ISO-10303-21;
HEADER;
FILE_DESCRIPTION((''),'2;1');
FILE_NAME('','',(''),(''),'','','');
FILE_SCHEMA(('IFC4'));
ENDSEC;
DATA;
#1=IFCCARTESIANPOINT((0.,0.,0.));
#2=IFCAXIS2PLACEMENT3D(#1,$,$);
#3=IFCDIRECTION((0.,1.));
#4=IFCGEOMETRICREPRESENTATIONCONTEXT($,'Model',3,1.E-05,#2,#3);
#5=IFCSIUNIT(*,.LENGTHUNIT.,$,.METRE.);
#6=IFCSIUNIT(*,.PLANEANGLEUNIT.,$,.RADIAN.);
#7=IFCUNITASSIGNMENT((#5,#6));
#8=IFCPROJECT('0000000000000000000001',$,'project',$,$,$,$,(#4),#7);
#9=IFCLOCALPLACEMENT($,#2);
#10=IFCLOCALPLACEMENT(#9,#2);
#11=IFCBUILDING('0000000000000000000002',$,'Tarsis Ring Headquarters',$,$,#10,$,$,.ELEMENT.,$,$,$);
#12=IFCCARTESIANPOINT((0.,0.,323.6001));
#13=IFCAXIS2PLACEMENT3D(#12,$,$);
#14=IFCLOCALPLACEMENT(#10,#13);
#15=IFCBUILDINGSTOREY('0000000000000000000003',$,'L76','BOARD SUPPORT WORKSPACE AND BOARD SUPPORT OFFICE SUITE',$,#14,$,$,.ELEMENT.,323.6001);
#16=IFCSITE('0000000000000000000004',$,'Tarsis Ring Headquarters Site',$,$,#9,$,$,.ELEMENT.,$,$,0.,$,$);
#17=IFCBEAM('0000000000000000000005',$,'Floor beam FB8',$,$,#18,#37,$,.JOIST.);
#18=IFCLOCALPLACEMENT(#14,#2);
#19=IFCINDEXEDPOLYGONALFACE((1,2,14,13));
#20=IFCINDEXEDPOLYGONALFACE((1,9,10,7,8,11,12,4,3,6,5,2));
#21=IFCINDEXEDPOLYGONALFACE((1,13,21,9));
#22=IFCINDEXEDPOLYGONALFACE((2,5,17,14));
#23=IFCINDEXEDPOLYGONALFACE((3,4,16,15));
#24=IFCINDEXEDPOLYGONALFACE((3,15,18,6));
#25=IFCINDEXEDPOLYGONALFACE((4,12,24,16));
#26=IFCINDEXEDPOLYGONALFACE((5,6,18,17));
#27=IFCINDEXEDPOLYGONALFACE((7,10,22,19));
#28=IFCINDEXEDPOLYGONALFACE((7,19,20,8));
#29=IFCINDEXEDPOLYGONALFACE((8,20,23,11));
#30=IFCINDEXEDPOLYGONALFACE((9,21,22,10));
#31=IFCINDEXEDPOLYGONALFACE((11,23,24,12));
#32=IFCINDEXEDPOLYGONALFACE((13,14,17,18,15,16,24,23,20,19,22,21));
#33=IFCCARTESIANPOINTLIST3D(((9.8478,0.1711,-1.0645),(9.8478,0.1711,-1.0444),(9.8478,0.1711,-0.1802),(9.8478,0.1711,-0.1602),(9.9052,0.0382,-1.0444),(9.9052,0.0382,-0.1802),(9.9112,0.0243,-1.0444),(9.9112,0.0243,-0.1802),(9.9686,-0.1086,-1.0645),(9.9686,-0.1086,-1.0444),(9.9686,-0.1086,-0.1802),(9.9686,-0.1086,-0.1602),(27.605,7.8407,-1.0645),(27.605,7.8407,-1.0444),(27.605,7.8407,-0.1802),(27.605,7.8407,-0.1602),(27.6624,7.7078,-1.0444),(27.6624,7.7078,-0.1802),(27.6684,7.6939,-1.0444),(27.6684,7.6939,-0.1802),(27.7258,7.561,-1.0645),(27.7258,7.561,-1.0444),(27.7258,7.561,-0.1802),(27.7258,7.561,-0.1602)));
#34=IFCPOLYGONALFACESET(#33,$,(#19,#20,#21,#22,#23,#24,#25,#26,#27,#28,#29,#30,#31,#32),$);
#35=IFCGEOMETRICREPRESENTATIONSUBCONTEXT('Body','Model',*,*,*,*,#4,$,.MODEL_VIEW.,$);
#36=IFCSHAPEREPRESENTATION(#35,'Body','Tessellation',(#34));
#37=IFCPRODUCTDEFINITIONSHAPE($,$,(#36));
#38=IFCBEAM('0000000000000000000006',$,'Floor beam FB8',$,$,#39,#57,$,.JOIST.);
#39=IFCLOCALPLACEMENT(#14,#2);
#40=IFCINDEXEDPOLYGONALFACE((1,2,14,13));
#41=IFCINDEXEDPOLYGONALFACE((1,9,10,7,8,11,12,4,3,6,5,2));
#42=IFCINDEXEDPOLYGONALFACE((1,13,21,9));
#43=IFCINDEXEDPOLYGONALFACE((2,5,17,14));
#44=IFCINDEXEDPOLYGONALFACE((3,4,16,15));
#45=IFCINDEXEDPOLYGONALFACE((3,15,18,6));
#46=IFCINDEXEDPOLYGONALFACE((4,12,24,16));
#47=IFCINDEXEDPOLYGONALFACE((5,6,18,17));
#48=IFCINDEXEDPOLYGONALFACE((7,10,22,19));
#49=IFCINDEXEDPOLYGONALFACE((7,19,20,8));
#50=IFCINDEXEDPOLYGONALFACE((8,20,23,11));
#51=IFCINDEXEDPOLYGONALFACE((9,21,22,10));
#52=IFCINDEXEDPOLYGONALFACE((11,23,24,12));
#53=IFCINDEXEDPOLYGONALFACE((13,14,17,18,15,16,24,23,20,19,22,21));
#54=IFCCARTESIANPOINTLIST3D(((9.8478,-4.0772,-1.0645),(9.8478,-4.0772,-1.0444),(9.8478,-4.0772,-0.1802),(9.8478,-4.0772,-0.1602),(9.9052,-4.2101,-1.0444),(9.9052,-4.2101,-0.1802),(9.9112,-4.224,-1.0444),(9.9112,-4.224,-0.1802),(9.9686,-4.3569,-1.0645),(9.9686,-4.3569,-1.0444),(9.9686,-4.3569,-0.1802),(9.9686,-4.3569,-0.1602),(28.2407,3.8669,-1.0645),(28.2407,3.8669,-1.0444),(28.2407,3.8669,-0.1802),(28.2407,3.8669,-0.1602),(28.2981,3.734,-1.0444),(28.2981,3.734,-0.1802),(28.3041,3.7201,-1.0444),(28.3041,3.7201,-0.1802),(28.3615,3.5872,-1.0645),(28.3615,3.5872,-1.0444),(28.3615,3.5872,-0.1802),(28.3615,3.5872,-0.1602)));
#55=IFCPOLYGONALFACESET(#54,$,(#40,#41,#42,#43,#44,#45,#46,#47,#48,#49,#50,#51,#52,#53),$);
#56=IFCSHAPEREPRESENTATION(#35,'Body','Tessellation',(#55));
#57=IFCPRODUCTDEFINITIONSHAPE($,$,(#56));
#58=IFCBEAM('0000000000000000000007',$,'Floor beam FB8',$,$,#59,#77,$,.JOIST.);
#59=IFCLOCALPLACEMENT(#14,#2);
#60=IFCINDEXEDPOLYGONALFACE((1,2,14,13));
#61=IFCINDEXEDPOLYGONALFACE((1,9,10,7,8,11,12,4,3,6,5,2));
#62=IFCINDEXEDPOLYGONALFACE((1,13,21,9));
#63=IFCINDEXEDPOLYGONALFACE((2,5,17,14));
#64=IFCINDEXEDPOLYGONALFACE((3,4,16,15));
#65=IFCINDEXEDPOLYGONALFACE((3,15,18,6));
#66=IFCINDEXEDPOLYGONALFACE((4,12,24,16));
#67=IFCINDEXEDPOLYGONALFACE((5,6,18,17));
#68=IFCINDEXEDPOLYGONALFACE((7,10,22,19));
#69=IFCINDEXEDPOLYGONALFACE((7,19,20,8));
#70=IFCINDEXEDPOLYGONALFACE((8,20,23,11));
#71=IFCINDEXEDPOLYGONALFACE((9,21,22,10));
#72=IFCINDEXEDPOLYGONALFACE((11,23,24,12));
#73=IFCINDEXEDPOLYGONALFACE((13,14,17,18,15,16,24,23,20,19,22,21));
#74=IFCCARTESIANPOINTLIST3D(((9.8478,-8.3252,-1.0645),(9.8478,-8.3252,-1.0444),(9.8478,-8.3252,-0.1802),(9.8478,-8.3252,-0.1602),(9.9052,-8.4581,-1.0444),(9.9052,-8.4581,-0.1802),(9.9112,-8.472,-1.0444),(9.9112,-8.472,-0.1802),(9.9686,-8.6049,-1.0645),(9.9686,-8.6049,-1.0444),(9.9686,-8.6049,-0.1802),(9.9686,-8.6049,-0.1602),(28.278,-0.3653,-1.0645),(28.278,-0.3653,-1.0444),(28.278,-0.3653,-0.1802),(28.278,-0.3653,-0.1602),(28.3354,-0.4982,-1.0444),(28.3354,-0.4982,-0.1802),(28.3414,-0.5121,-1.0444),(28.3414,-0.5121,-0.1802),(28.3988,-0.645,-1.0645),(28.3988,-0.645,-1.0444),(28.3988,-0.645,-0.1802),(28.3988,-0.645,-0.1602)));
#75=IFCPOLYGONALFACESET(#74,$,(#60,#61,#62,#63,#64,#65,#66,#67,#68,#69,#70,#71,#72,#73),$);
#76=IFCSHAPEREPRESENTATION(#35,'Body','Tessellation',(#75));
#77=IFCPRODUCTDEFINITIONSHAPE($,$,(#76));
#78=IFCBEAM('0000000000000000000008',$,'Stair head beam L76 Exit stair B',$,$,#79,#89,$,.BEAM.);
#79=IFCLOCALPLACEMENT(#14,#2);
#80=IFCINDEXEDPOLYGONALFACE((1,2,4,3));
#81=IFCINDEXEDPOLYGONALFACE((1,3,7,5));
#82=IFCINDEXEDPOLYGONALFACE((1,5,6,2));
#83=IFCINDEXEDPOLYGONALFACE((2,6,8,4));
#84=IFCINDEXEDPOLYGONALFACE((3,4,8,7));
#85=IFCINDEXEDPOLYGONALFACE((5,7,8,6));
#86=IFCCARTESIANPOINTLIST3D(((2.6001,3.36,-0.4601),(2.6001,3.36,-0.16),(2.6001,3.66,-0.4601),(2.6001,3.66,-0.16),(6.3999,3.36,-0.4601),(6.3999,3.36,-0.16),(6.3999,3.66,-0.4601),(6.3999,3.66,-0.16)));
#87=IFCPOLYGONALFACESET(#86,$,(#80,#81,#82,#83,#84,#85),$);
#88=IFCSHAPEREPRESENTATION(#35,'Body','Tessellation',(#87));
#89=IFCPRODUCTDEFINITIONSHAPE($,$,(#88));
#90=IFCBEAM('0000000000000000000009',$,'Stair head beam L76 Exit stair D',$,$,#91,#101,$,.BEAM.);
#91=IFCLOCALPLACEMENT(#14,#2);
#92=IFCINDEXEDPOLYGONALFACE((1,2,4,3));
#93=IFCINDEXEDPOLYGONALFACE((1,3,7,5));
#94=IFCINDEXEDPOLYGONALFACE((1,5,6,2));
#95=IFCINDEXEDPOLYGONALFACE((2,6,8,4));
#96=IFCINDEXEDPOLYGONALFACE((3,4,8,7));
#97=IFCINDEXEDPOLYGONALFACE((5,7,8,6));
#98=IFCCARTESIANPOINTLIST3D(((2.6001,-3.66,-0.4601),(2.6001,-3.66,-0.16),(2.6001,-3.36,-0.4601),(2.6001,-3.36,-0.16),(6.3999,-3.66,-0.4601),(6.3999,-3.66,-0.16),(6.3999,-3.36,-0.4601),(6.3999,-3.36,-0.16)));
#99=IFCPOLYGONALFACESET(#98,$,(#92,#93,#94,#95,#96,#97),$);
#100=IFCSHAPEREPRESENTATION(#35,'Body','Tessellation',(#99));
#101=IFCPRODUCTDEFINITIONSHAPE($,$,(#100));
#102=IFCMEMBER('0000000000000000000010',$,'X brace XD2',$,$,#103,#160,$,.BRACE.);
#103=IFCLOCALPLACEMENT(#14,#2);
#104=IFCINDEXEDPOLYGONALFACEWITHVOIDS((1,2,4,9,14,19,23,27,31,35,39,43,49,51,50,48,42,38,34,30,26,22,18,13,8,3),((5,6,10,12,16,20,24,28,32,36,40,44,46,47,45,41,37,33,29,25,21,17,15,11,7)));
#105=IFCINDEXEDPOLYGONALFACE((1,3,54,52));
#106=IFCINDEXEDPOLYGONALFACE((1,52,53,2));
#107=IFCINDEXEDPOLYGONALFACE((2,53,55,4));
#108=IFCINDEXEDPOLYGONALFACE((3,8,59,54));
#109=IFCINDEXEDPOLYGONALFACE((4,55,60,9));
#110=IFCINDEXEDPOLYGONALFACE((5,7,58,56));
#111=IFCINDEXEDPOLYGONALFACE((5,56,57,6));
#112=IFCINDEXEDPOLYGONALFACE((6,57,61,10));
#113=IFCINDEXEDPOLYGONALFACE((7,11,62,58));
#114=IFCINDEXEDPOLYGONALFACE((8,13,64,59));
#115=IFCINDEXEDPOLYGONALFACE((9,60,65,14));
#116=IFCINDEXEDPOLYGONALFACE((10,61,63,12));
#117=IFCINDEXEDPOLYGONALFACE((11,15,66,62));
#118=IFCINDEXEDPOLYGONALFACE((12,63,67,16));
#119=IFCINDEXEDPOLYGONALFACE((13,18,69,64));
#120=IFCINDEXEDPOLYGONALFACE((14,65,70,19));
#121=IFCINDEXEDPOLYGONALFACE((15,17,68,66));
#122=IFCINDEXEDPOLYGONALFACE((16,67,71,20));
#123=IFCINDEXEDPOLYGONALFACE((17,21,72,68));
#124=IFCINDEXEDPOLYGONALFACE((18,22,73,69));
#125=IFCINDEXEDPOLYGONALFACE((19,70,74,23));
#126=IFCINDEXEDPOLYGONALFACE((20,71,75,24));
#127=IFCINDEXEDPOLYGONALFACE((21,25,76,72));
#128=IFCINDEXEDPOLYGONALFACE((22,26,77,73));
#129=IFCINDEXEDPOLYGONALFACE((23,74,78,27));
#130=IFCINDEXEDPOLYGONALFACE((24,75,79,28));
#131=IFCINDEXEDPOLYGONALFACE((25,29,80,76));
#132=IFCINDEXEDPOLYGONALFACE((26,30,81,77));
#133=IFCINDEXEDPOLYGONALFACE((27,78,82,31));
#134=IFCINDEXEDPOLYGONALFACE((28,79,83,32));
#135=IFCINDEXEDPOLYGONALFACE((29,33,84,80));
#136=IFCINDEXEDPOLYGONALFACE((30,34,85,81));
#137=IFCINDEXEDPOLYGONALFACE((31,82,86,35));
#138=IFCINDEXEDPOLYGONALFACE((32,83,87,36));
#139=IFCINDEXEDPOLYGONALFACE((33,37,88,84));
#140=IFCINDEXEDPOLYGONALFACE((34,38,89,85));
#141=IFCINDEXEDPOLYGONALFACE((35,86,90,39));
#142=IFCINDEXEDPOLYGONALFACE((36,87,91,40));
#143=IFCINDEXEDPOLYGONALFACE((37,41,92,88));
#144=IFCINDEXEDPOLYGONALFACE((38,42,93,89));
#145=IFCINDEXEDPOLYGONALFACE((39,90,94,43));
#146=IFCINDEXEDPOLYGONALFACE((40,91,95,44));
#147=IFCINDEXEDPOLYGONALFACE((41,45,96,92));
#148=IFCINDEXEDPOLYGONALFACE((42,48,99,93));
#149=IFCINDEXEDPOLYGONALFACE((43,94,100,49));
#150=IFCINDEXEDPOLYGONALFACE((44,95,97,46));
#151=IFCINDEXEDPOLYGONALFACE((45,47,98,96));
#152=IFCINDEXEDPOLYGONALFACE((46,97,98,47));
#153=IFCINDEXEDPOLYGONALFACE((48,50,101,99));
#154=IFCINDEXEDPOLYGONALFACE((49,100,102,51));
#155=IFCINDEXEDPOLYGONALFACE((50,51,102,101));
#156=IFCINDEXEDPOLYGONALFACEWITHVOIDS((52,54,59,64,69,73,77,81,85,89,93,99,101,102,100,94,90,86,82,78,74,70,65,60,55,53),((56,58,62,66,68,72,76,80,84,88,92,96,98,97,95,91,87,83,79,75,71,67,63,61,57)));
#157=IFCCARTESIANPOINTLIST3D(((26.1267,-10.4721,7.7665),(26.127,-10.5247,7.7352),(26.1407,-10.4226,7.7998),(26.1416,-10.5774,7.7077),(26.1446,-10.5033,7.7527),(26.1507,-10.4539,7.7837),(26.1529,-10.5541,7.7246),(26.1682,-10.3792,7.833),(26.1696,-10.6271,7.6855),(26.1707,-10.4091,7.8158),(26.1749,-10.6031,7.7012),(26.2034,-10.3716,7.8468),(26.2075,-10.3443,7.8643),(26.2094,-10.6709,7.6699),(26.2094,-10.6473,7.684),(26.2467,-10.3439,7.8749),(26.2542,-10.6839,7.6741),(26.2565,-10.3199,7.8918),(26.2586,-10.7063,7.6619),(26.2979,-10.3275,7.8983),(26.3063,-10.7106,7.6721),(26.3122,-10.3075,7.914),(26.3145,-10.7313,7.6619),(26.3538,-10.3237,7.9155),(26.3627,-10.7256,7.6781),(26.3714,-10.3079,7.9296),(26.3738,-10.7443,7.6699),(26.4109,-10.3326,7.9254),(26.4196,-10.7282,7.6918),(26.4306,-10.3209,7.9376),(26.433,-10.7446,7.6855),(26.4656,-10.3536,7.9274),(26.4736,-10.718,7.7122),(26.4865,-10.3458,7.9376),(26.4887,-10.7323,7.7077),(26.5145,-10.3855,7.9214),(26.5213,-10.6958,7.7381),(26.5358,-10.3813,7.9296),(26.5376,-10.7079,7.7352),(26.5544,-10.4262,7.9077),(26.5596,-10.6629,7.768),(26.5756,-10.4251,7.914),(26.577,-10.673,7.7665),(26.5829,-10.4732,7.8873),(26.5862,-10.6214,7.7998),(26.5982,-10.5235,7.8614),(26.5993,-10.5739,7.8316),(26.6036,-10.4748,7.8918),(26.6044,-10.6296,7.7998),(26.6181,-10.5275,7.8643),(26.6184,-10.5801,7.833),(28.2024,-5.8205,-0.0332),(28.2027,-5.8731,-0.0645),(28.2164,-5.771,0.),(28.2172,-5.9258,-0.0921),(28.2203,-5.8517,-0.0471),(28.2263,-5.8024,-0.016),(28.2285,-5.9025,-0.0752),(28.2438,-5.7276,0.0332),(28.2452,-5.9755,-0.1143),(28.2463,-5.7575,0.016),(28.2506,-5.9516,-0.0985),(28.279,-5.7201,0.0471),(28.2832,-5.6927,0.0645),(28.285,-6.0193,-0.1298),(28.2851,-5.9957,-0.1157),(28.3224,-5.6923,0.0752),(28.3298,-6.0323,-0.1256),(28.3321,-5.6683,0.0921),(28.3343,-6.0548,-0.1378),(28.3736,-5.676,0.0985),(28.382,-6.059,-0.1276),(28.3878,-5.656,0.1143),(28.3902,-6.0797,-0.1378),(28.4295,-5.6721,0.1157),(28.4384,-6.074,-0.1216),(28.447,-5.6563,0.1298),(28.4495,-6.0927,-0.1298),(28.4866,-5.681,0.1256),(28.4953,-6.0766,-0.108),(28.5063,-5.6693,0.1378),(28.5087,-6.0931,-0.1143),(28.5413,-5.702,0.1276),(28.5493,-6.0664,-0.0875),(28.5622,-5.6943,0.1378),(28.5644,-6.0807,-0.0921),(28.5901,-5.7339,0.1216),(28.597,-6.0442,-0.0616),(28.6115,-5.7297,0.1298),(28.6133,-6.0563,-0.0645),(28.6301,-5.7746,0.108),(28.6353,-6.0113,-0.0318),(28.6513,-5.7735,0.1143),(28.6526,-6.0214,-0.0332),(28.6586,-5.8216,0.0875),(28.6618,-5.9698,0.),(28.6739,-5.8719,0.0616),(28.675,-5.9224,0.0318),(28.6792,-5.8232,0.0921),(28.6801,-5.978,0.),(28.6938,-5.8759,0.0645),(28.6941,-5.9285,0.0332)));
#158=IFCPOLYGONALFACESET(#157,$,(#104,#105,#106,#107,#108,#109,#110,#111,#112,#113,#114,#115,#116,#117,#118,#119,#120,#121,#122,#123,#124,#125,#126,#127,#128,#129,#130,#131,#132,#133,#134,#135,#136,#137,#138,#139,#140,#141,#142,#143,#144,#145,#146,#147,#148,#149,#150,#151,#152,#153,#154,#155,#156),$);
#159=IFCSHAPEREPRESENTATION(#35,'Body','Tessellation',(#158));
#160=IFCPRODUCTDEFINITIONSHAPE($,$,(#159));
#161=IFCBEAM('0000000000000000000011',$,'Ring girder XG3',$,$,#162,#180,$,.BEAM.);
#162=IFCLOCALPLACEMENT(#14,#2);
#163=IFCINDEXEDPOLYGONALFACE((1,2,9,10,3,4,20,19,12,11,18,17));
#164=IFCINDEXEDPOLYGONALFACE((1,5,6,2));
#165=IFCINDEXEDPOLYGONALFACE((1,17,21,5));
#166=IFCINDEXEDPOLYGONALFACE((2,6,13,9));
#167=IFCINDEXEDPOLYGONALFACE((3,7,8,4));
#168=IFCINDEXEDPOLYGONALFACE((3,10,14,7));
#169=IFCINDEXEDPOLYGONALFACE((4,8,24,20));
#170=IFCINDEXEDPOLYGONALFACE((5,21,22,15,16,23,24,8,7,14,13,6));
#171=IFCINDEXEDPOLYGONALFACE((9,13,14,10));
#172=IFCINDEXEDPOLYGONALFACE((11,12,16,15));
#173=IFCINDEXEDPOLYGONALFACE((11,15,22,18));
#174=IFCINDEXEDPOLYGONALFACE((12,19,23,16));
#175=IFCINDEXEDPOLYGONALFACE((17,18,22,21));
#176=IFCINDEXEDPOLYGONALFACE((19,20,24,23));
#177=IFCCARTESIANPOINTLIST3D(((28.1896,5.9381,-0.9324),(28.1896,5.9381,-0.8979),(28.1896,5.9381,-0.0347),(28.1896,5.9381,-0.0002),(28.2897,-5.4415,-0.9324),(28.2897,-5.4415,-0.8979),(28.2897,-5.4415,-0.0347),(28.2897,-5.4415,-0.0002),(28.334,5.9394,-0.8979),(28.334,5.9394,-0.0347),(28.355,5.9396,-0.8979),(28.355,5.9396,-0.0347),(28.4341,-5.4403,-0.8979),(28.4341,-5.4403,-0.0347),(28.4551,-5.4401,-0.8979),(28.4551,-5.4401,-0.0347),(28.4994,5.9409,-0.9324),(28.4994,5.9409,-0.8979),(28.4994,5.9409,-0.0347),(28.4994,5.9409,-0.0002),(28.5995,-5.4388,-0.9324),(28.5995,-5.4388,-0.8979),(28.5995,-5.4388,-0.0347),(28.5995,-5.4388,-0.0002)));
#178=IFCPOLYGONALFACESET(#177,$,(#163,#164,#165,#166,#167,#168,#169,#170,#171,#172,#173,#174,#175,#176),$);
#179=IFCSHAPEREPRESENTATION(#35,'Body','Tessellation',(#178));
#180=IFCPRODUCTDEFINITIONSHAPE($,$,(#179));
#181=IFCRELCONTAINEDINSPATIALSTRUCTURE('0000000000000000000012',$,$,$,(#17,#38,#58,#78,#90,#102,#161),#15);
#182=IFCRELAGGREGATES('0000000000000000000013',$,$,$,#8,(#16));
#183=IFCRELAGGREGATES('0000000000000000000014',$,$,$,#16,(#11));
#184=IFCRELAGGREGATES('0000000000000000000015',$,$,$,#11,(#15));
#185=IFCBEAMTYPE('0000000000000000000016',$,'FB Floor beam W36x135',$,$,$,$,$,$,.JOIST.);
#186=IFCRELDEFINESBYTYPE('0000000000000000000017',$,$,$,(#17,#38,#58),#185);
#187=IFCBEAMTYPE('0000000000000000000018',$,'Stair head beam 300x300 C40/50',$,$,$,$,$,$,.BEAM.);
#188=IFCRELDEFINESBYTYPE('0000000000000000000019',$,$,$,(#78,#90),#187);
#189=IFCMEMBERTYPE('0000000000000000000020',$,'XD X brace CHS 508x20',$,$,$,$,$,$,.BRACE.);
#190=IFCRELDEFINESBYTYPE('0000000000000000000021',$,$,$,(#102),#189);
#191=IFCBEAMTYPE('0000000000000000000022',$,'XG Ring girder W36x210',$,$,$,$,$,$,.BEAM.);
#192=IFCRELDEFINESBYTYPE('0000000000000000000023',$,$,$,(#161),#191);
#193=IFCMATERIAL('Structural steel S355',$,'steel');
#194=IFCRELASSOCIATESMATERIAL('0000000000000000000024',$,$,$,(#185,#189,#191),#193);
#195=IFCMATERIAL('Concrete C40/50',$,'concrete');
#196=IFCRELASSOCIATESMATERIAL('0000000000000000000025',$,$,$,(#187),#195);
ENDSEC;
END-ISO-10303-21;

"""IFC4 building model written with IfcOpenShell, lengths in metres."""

from ifc_helpers import new_model, si_unit, direction, frame, origin, origin_2d, place, context, subcontext, project, spatial, rectangle, hollow_circle, i_section, extrude, material, material_profile, profile_set, type_object, element, save


model = new_model("IFC4")

# Units and contexts
model_context = context("Model", 3, precision=1e-05, world=origin(), true_north=direction((0.0, 1.0)))
body_context = subcontext(model_context, "Body", "Model", "MODEL_VIEW")
ifc_project = project(units=[si_unit("LENGTHUNIT", "METRE"), si_unit("PLANEANGLEUNIT", "RADIAN")], contexts=[model_context])

# Site, building, storey
site_placement = place(None, origin())
site = spatial("IfcSite", under=ifc_project, at=site_placement, Name="Tarsis Ring Headquarters Site", CompositionType="ELEMENT", RefElevation=0.0)
building_placement = place(site_placement, origin())
building = spatial("IfcBuilding", under=site, at=building_placement, Name="Tarsis Ring Headquarters", CompositionType="ELEMENT")
storey_placement = place(building_placement, frame((0.0, 0.0, 323.6001)))
storey = spatial("IfcBuildingStorey", under=building, at=storey_placement, Name="L76", Description="BOARD SUPPORT WORKSPACE AND BOARD SUPPORT OFFICE SUITE", CompositionType="ELEMENT", Elevation=323.6001)

# Shared definitions
ifc_material_1 = material(Name="Structural steel S355", Category="steel")

# Beams
ifc_material_profile_1 = material_profile(ifc_material_1, i_section(OverallWidth=0.3047, OverallDepth=0.9043, WebThickness=0.0151, FlangeThickness=0.02, at=origin_2d()), Name="W36x135")
ifc_profile_set_1 = profile_set([ifc_material_profile_1], Name="Structural steel S355")
beam_type_1 = type_object("IfcBeamType", Name="FB Floor beam W36x135", PredefinedType="JOIST", material=ifc_profile_set_1)
beam_1_placement = place(storey_placement, frame((9.9082, 0.0312, -0.6123), z_axis=(0.91803, 0.396512, 0.0), x_axis=(-0.396512, 0.91803, 0.0)))
element("IfcBeam", 1, at=beam_1_placement, inside=storey, type_object=beam_type_1, Name="Floor beam FB8", PredefinedType="JOIST", context=body_context, shape_type="SweptSolid", body=[
    extrude(i_section(OverallWidth=0.3047, OverallDepth=0.9043, WebThickness=0.0151, FlangeThickness=0.02, at=origin_2d()), origin(), (0.0, 0.0, 1.0), 19.3428),
])
beam_2_placement = place(storey_placement, frame((9.9082, -4.217, -0.6123), z_axis=(0.918031, 0.396509, 0.0), x_axis=(-0.396509, 0.918031, 0.0)))
element("IfcBeam", 2, at=beam_2_placement, inside=storey, type_object=beam_type_1, Name="Floor beam FB8", PredefinedType="JOIST", context=body_context, shape_type="SweptSolid", body=[
    extrude(i_section(OverallWidth=0.3047, OverallDepth=0.9043, WebThickness=0.0151, FlangeThickness=0.02, at=origin_2d()), origin(), (0.0, 0.0, 1.0), 20.0352),
])
beam_3_placement = place(storey_placement, frame((9.9082, -8.4651, -0.6123), z_axis=(0.918036, 0.396498, 0.0), x_axis=(-0.396498, 0.918036, 0.0)))
element("IfcBeam", 3, at=beam_3_placement, inside=storey, type_object=beam_type_1, Name="Floor beam FB8", PredefinedType="JOIST", context=body_context, shape_type="SweptSolid", body=[
    extrude(i_section(OverallWidth=0.3047, OverallDepth=0.9043, WebThickness=0.0151, FlangeThickness=0.02, at=origin_2d()), origin(), (0.0, 0.0, 1.0), 20.0757),
])
ifc_material_2 = material(Name="Concrete C40/50", Category="concrete")
ifc_material_profile_2 = material_profile(ifc_material_2, rectangle(XDim=0.3, YDim=0.3, at=origin_2d()), Name="Stair head beam 300x300 C40/50")
ifc_profile_set_2 = profile_set([ifc_material_profile_2], Name="Concrete C40/50")
beam_type_2 = type_object("IfcBeamType", Name="Stair head beam 300x300 C40/50", PredefinedType="BEAM", material=ifc_profile_set_2)
for number, where, z_axis, x_axis, name in (
    (4, (2.6001, 3.51, -0.3101), (1.0, 0.0, 0.0), (0.0, 1.0, 0.0), "Stair head beam L76 Exit stair B"),
    (5, (2.6001, -3.51, -0.3101), (1.0, 0.0, 0.0), (0.0, 1.0, 0.0), "Stair head beam L76 Exit stair D"),
):
    element("IfcBeam", number, at=place(storey_placement, frame(where, z_axis=z_axis, x_axis=x_axis)), inside=storey, type_object=beam_type_2, Name=name, PredefinedType="BEAM", context=body_context, shape_type="SweptSolid", body=[
        extrude(rectangle(XDim=0.3, YDim=0.3, at=origin_2d()), origin(), (0.0, 0.0, 1.0), 3.7998),
    ])

# Member
ifc_material_profile_3 = material_profile(ifc_material_1, hollow_circle(Radius=0.2539, WallThickness=0.02, at=origin_2d()), Name="CHS 508x20")
ifc_profile_set_3 = profile_set([ifc_material_profile_3], Name="Structural steel S355")
member_type = type_object("IfcMemberType", Name="XD X brace CHS 508x20", PredefinedType="BRACE", material=ifc_profile_set_3)
member_placement = place(storey_placement, frame((28.4482, -5.8745, 0.0), z_axis=(-0.222815, -0.499328, 0.837272), x_axis=(0.913206, -0.407499, 0.0)))
element("IfcMember", 6, at=member_placement, inside=storey, type_object=member_type, Name="X brace XD2", PredefinedType="BRACE", context=body_context, shape_type="SweptSolid", body=[
    extrude(hollow_circle(Radius=0.2539, WallThickness=0.02, at=origin_2d()), origin(), (0.0, 0.0, 1.0), 9.3157),
])

# Beam
ifc_material_profile_4 = material_profile(ifc_material_1, i_section(OverallWidth=0.3098, OverallDepth=0.9321, WebThickness=0.021, FlangeThickness=0.0344, at=origin_2d()), Name="W36x210")
ifc_profile_set_4 = profile_set([ifc_material_profile_4], Name="Structural steel S355")
beam_type_3 = type_object("IfcBeamType", Name="XG Ring girder W36x210", PredefinedType="BEAM", material=ifc_profile_set_4)
for number, where, z_axis, x_axis, name in (
    (7, (28.4446, -5.4402, -0.4663), (-0.008796, 0.999961, 0.0), (-0.999961, -0.008796, 0.0), "Ring girder XG3"),
):
    element("IfcBeam", number, at=place(storey_placement, frame(where, z_axis=z_axis, x_axis=x_axis)), inside=storey, type_object=beam_type_3, Name=name, PredefinedType="BEAM", context=body_context, shape_type="SweptSolid", body=[
        extrude(i_section(OverallWidth=0.3098, OverallDepth=0.9321, WebThickness=0.021, FlangeThickness=0.0344, at=origin_2d()), origin(), (0.0, 0.0, 1.0), 11.3801),
    ])

save(model, "model.ifc")
